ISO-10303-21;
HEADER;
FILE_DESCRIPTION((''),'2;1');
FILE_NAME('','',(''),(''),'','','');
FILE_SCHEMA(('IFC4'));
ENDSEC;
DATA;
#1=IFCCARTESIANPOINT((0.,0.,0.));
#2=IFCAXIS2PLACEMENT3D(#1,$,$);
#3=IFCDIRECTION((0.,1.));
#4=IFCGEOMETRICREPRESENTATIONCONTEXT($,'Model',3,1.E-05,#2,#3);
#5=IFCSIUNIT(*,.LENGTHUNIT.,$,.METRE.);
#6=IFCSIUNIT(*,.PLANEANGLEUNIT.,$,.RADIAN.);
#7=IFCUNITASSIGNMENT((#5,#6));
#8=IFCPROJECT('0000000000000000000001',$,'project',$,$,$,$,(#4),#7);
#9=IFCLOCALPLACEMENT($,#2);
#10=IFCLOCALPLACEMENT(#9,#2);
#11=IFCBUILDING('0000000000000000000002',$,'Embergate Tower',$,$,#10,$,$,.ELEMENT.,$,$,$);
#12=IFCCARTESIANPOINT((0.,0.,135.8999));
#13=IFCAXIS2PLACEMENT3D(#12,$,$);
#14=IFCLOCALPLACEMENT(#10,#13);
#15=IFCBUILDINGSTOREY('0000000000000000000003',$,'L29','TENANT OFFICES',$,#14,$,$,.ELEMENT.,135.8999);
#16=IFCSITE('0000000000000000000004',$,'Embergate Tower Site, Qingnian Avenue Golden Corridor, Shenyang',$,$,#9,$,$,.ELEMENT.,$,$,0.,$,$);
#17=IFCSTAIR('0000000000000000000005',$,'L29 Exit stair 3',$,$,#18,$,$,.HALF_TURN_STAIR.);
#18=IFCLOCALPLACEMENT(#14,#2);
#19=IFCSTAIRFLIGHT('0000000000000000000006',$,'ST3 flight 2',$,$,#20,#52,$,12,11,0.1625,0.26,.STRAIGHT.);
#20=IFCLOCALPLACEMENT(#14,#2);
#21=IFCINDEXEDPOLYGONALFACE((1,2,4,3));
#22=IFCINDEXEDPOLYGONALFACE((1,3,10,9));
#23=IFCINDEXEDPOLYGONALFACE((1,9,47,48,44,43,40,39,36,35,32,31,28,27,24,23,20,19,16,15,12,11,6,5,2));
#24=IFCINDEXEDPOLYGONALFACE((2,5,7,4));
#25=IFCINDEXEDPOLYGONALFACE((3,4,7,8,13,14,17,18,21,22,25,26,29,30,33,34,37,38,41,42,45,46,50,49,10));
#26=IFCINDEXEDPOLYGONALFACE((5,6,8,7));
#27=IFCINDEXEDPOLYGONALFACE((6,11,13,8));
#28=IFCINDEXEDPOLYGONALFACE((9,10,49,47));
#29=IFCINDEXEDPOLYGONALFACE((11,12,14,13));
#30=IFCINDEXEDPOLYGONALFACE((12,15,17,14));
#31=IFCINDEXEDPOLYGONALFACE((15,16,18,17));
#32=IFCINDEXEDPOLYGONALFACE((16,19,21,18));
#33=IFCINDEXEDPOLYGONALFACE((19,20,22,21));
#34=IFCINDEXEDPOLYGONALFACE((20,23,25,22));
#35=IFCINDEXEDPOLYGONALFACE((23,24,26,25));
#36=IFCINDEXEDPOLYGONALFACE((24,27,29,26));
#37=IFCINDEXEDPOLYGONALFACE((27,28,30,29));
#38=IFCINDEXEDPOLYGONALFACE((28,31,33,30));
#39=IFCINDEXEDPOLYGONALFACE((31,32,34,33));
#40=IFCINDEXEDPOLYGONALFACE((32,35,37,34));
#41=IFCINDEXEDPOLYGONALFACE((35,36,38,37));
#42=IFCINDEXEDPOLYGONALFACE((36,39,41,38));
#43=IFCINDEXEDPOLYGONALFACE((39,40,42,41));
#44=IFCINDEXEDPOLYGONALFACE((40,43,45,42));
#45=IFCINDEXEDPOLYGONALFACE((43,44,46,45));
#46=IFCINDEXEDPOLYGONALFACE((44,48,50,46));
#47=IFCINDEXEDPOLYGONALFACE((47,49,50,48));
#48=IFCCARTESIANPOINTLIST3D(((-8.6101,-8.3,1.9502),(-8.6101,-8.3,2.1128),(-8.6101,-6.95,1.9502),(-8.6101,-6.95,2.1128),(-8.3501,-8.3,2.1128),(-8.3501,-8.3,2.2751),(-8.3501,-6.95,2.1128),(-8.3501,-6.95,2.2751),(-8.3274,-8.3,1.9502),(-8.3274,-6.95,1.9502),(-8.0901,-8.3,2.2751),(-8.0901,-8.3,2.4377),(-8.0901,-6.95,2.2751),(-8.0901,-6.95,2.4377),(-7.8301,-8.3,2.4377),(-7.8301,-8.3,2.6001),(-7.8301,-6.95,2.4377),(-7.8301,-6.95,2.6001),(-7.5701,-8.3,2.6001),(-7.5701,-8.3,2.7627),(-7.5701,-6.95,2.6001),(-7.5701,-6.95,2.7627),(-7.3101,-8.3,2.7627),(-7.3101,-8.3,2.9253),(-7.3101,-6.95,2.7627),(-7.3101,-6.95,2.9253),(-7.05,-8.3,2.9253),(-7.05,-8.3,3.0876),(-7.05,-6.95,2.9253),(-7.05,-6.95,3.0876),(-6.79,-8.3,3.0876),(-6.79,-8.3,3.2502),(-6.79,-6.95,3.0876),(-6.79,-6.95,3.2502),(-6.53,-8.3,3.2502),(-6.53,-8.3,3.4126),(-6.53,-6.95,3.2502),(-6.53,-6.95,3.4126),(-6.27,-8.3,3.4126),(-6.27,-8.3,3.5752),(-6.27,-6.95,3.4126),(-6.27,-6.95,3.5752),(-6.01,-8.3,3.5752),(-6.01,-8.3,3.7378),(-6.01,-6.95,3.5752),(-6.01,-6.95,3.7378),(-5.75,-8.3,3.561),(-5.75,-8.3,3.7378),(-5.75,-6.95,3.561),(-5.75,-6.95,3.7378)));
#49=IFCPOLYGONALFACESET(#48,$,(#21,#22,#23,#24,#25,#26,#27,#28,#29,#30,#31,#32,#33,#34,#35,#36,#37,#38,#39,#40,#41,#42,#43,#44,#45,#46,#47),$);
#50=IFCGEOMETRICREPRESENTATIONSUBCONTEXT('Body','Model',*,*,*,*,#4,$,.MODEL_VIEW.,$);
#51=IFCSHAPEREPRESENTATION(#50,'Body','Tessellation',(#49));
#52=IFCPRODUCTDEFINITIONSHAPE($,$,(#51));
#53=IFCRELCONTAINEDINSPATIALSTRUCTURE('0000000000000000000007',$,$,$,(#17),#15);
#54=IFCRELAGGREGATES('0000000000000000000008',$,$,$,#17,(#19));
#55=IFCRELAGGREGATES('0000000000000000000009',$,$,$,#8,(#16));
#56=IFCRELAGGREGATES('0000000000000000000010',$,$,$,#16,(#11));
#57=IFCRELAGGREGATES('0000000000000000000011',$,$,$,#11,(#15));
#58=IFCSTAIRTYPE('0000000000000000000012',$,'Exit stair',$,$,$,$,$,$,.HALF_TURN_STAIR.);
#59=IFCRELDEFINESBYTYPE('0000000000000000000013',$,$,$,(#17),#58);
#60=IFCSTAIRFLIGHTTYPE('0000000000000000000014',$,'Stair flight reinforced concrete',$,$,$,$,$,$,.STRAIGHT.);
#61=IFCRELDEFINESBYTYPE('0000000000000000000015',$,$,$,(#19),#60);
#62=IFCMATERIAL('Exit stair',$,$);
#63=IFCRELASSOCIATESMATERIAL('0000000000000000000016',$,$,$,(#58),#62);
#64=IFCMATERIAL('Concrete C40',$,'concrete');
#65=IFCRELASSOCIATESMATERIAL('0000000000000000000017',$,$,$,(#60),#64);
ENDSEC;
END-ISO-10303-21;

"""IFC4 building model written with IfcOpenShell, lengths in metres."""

from ifc_helpers import new_model, si_unit, direction, frame, origin, place, context, subcontext, project, spatial, polyline, outline, extrude, source, transform, mapped, material, type_object, element, aggregate, save


model = new_model("IFC4")

# Units and contexts
model_context = context("Model", 3, precision=1e-05, world=origin(), true_north=direction((0.0, 1.0)))
body_context = subcontext(model_context, "Body", "Model", "MODEL_VIEW")
ifc_project = project(units=[si_unit("LENGTHUNIT", "METRE"), si_unit("PLANEANGLEUNIT", "RADIAN")], contexts=[model_context])

# Site, building, storey
site_placement = place(None, origin())
site = spatial("IfcSite", under=ifc_project, at=site_placement, Name="Embergate Tower Site, Qingnian Avenue Golden Corridor, Shenyang", CompositionType="ELEMENT", RefElevation=0.0)
building_placement = place(site_placement, origin())
building = spatial("IfcBuilding", under=site, at=building_placement, Name="Embergate Tower", CompositionType="ELEMENT")
storey_placement = place(building_placement, frame((0.0, 0.0, 135.8999)))
storey = spatial("IfcBuildingStorey", under=building, at=storey_placement, Name="L29", Description="TENANT OFFICES", CompositionType="ELEMENT", Elevation=135.8999)

# Stair
ifc_material_1 = material(Name="Exit stair")
stair_type = type_object("IfcStairType", Name="Exit stair", PredefinedType="HALF_TURN_STAIR", material=ifc_material_1)
stair_placement = place(storey_placement, origin())
stair = element("IfcStair", 1, at=stair_placement, inside=storey, type_object=stair_type, Name="L29 Exit stair 3", PredefinedType="HALF_TURN_STAIR")
ifc_material_2 = material(Name="Concrete C40", Category="concrete")

# Stair flight
stair_flight_type = type_object("IfcStairFlightType", Name="Stair flight reinforced concrete", PredefinedType="STRAIGHT", material=ifc_material_2)
shared_shape_1 = source(origin(), body_context, "Body", "SweptSolid", [
    extrude(outline(polyline([(0.0, 0.0), (0.0, 0.1626), (0.26, 0.1626), (0.26, 0.325), (0.52, 0.325), (0.52, 0.4875), (0.78, 0.4875), (0.78, 0.6499), (1.04, 0.6499), (1.04, 0.8125), (1.3, 0.8125), (1.3, 0.9751), (1.5601, 0.9751), (1.5601, 1.1375), (1.8201, 1.1375), (1.8201, 1.3), (2.0801, 1.3), (2.0801, 1.4624), (2.3401, 1.4624), (2.3401, 1.625), (2.6001, 1.625), (2.6001, 1.7876), (2.8601, 1.7876), (2.8601, 1.95), (2.8601, 1.6108), (0.2827, 0.0), (0.0, 0.0)])), frame((0.0, 0.675, 0.0), z_axis=(0.0, -1.0, 0.0), x_axis=(1.0, 0.0, 0.0)), (0.0, 0.0, 1.0), 1.3501),
])
stair_flight_placement = place(storey_placement, frame((-8.6101, -7.625, 1.9502), z_axis=(0.0, 0.0, 1.0), x_axis=(1.0, 0.0, 0.0)))
stair_flight = element("IfcStairFlight", 2, at=stair_flight_placement, type_object=stair_flight_type, Name="ST3 flight 2", NumberOfRisers=12, NumberOfTreads=11, PredefinedType="STRAIGHT", RiserHeight=0.1625, TreadLength=0.26, context=body_context, shape_type="MappedRepresentation", body=[
    mapped(shared_shape_1, transform((0.0, 0.0, 0.0))),
])
aggregate(stair, [stair_flight])

save(model, "model.ifc")
